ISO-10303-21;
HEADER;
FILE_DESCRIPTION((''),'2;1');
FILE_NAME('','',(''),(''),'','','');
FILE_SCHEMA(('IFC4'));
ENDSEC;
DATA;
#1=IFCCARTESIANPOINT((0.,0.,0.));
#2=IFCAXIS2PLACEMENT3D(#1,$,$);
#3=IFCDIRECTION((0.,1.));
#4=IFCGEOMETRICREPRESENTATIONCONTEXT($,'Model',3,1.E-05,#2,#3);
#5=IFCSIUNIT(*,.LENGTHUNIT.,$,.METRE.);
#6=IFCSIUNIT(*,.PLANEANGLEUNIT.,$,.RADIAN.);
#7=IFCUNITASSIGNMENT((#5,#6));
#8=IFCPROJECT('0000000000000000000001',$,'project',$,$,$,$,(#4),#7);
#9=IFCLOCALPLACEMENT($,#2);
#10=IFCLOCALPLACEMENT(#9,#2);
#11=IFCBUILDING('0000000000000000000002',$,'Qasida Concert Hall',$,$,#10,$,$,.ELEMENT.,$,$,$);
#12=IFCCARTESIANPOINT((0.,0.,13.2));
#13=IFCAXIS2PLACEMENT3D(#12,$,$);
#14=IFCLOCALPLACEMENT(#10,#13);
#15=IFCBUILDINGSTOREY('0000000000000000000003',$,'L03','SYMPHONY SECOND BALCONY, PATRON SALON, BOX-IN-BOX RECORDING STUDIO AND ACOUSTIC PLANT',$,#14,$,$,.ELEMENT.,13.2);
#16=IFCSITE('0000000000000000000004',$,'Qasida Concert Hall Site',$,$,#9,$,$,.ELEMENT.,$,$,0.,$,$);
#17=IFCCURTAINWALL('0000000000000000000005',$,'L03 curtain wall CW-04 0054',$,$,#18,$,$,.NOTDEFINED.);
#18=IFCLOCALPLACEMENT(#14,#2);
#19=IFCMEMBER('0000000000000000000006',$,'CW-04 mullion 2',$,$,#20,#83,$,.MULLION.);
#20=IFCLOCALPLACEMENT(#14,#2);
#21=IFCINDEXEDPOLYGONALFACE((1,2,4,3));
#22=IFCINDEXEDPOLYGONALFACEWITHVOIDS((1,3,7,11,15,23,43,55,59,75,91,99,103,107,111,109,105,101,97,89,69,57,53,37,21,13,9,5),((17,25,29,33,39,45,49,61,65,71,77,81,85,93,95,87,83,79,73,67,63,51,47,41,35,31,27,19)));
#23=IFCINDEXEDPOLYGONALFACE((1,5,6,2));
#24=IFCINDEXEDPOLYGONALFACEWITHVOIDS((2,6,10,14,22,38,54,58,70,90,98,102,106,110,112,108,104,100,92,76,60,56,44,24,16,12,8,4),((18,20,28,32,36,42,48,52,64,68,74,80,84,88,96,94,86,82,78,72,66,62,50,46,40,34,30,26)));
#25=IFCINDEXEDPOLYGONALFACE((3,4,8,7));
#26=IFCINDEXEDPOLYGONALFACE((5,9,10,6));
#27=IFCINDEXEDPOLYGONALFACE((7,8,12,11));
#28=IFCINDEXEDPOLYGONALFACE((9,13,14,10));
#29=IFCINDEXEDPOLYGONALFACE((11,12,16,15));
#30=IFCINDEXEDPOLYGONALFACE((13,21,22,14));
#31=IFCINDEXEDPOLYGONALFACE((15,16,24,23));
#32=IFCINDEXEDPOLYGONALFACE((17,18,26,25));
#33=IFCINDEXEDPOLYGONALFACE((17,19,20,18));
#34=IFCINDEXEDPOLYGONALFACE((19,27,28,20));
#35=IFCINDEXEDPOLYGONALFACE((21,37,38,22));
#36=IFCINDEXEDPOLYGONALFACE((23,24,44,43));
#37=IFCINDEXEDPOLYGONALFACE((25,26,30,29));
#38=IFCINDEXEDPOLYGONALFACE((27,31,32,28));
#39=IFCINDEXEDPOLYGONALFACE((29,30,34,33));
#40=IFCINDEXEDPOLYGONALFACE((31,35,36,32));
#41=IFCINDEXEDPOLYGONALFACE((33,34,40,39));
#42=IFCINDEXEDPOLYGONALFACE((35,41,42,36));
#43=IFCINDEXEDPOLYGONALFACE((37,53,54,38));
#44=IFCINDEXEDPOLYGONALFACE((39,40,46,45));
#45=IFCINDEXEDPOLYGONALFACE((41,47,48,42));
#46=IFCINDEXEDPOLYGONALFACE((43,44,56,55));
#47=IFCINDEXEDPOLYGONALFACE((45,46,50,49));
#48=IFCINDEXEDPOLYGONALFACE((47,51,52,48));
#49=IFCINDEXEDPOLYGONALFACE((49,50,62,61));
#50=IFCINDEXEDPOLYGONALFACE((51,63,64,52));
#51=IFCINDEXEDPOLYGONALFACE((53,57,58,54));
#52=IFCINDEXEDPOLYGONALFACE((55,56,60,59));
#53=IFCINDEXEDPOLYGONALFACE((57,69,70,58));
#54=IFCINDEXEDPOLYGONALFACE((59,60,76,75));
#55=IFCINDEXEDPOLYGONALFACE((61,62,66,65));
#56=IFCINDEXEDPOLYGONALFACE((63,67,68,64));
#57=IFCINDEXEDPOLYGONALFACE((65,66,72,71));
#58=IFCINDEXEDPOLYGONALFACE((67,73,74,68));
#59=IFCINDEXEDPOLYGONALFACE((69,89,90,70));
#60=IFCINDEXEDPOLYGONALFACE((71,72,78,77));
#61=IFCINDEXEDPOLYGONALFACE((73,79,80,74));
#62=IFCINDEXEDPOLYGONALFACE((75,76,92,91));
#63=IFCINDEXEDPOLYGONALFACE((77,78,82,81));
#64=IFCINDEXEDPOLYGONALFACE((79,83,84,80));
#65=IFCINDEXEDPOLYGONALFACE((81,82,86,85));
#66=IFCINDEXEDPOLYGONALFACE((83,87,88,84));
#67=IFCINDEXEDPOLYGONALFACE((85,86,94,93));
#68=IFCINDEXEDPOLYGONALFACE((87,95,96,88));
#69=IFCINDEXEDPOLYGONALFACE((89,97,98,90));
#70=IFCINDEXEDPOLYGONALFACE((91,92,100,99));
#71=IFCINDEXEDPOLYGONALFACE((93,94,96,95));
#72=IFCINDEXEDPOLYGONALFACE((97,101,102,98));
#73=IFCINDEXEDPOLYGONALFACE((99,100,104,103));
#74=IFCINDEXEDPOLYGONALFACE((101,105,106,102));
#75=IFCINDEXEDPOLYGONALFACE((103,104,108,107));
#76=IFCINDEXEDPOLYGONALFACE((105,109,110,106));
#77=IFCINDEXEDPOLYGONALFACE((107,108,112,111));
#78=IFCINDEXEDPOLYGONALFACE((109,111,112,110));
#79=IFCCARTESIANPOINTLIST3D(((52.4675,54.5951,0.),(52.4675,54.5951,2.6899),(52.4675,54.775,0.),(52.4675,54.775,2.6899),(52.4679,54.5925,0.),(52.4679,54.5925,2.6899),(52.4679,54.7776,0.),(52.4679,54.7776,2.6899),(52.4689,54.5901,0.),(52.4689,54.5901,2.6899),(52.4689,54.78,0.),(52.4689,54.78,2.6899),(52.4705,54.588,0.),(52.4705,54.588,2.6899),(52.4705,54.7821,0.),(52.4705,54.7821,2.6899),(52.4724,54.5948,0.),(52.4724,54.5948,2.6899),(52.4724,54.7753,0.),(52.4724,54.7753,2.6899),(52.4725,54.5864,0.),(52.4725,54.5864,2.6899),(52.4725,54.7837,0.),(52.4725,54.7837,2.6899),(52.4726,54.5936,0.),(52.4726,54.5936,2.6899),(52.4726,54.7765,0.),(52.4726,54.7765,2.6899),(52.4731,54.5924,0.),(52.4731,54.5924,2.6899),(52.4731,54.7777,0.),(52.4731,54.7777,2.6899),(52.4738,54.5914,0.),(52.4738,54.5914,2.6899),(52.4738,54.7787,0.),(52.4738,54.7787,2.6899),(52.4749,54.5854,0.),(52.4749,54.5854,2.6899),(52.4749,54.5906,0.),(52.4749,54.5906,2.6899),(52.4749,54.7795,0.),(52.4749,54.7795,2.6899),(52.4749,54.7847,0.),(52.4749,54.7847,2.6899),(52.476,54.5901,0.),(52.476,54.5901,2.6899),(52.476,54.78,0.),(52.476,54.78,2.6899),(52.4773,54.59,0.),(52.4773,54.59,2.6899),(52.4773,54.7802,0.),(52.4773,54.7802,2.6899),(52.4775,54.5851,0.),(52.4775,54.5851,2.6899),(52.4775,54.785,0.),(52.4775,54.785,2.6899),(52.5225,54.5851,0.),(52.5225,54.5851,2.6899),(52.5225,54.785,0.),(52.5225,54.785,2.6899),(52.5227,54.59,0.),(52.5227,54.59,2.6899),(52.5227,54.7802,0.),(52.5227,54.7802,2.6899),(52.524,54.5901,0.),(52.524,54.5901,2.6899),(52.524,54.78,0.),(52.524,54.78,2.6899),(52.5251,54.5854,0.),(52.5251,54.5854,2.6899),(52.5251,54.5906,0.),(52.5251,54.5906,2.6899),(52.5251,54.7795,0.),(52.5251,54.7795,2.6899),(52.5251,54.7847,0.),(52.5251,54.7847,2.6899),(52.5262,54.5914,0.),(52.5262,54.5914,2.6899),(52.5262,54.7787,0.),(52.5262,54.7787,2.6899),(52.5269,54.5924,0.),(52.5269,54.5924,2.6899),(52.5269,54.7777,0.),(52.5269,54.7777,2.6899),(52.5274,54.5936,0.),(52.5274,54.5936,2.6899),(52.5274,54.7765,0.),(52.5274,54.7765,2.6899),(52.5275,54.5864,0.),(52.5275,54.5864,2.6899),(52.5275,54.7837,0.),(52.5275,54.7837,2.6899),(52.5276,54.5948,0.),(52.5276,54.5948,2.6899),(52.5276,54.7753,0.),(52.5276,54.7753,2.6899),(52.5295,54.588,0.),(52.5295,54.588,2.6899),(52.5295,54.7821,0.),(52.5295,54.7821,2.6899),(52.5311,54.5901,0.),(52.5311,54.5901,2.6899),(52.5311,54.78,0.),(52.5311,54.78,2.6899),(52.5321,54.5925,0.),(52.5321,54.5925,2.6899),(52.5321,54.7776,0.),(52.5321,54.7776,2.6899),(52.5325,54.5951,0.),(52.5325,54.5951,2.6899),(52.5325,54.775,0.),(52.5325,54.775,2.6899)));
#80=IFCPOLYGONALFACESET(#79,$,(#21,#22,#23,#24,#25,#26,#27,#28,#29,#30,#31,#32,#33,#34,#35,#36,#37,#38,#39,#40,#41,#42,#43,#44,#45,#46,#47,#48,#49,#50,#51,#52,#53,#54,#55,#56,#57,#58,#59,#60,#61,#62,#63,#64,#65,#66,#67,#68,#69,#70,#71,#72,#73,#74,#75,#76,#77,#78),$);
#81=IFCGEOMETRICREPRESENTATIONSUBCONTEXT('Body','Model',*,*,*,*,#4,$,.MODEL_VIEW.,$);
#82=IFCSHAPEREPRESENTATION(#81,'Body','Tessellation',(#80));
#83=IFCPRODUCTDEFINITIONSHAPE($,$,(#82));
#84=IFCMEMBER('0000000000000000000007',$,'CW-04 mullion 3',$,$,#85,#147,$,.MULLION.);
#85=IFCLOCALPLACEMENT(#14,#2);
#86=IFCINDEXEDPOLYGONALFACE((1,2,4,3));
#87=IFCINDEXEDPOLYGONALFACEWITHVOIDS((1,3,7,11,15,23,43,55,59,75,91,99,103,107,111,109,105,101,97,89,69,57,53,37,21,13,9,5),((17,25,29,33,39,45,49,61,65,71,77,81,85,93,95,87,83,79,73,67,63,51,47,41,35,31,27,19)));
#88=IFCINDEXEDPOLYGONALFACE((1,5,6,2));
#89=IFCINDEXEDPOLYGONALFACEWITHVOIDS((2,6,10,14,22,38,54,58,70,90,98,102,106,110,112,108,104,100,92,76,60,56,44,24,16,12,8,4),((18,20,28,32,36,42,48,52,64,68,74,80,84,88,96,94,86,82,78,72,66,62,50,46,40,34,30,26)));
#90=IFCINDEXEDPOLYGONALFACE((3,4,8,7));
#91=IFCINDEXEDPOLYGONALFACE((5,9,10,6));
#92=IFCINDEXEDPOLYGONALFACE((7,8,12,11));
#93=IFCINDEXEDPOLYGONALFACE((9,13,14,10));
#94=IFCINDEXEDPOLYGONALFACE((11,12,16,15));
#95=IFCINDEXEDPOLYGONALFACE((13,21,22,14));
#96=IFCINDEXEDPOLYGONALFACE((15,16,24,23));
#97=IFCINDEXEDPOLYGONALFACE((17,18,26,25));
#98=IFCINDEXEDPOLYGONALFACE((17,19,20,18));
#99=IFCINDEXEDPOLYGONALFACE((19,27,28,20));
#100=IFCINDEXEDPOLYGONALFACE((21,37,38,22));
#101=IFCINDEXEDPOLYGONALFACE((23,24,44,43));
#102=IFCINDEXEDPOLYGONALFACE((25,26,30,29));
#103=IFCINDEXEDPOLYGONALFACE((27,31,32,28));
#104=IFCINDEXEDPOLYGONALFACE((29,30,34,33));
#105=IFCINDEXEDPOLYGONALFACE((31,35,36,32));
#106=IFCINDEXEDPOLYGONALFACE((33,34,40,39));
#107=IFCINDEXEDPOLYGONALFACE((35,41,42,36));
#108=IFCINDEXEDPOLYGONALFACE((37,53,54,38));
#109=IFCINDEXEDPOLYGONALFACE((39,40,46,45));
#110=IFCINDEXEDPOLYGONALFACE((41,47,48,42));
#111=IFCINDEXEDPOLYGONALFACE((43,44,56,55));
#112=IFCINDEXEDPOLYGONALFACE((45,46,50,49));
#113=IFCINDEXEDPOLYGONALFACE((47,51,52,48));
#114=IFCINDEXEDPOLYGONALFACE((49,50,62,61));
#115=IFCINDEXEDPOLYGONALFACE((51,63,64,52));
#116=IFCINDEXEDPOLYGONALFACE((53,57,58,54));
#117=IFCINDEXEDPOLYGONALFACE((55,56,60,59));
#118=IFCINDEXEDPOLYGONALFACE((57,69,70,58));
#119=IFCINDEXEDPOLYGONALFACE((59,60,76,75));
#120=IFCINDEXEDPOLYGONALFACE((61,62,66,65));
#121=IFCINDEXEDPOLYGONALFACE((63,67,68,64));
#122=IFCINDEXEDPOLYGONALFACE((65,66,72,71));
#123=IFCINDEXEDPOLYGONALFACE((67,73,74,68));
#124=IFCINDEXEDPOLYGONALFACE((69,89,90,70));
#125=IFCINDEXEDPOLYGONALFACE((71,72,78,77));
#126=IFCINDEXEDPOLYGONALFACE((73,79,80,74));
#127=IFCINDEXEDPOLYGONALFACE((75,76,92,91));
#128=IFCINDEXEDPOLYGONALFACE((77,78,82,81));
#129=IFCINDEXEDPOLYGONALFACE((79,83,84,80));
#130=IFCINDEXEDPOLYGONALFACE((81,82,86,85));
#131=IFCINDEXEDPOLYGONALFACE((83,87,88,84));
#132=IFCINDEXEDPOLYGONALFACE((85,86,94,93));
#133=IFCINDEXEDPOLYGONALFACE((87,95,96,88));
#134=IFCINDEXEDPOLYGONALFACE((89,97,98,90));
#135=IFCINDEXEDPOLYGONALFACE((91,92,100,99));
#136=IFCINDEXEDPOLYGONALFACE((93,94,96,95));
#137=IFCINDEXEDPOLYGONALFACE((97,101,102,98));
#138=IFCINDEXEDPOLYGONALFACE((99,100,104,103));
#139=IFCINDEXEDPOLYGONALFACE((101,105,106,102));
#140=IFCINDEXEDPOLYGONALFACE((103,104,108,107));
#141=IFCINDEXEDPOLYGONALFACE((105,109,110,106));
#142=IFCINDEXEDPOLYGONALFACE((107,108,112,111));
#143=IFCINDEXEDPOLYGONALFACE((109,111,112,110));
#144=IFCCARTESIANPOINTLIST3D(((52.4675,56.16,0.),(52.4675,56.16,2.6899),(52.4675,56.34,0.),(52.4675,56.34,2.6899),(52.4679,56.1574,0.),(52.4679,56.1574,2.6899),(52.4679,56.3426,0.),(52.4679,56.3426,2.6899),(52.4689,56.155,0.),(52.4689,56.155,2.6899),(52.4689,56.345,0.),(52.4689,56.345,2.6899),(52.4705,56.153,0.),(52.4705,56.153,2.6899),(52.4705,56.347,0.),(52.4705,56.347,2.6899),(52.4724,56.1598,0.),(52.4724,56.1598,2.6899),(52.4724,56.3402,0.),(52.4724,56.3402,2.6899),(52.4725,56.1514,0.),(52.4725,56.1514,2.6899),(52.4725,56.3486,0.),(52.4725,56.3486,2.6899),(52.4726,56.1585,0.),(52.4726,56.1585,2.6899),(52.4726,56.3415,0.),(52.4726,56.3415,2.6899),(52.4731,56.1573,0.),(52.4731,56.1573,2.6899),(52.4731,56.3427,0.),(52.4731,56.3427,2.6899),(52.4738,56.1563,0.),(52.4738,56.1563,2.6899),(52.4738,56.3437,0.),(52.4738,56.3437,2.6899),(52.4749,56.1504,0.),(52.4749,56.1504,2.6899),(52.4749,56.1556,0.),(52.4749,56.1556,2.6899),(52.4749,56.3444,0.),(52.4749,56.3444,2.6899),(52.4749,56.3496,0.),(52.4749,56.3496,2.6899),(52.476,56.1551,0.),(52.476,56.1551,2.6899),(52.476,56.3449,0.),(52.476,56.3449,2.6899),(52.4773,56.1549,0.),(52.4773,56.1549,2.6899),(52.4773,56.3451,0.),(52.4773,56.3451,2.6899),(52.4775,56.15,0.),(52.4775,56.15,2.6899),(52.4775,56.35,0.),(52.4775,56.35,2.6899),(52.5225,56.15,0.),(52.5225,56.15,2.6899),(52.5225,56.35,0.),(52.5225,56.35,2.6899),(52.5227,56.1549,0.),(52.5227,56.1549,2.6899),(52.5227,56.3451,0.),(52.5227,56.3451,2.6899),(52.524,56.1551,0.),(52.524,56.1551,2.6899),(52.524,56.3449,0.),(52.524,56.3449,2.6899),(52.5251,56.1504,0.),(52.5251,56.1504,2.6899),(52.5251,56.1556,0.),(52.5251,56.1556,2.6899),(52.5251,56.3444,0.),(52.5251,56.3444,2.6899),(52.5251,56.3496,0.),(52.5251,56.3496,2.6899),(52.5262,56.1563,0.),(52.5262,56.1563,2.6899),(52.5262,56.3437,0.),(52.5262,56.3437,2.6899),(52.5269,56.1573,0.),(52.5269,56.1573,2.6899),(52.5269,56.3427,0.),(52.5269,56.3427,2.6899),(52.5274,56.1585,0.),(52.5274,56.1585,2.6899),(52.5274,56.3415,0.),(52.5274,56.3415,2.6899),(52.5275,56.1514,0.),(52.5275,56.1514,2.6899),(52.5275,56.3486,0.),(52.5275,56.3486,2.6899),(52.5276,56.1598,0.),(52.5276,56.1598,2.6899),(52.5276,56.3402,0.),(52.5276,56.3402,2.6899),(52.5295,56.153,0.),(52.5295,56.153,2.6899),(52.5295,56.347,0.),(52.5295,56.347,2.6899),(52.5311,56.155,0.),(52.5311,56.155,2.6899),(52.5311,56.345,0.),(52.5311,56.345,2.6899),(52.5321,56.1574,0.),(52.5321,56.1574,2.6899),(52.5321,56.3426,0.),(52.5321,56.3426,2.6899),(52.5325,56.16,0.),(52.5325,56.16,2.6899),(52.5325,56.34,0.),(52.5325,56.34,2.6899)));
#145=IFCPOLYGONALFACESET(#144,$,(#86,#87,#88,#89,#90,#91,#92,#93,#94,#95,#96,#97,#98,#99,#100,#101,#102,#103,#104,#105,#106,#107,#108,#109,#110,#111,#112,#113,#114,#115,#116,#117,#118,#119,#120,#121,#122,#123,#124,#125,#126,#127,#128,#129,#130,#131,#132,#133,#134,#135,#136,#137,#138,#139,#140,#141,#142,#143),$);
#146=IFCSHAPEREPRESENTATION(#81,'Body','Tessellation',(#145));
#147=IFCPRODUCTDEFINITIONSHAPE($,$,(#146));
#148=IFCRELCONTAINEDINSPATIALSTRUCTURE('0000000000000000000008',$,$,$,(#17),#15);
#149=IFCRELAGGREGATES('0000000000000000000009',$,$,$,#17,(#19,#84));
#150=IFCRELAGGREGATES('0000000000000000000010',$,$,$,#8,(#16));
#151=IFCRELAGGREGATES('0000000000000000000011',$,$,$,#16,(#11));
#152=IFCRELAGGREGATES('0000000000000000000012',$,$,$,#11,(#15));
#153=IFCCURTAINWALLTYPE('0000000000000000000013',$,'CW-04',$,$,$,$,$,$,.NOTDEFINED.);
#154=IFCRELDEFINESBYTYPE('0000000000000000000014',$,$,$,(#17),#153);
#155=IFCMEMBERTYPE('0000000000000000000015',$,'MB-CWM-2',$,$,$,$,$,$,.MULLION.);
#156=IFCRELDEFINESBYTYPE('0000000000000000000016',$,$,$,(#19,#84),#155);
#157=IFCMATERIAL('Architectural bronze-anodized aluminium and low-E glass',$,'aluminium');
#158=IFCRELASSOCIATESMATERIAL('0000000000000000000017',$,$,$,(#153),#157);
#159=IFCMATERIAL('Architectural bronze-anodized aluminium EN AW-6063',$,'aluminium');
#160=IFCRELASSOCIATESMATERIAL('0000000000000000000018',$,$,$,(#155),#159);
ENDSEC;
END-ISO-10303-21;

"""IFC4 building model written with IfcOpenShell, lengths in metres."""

from ifc_helpers import new_model, si_unit, direction, frame, origin, origin_2d, place, context, subcontext, project, spatial, hollow_rectangle, extrude, material, material_profile, profile_set, type_object, element, aggregate, save


model = new_model("IFC4")

# Units and contexts
model_context = context("Model", 3, precision=1e-05, world=origin(), true_north=direction((0.0, 1.0)))
body_context = subcontext(model_context, "Body", "Model", "MODEL_VIEW")
ifc_project = project(units=[si_unit("LENGTHUNIT", "METRE"), si_unit("PLANEANGLEUNIT", "RADIAN")], contexts=[model_context])

# Site, building, storey
site_placement = place(None, origin())
site = spatial("IfcSite", under=ifc_project, at=site_placement, Name="Qasida Concert Hall Site", CompositionType="ELEMENT", RefElevation=0.0)
building_placement = place(site_placement, origin())
building = spatial("IfcBuilding", under=site, at=building_placement, Name="Qasida Concert Hall", CompositionType="ELEMENT")
storey_placement = place(building_placement, frame((0.0, 0.0, 13.2)))
storey = spatial("IfcBuildingStorey", under=building, at=storey_placement, Name="L03", Description="SYMPHONY SECOND BALCONY, PATRON SALON, BOX-IN-BOX RECORDING STUDIO AND ACOUSTIC PLANT", CompositionType="ELEMENT", Elevation=13.2)

# Curtain wall, members
ifc_material_1 = material(Name="Architectural bronze-anodized aluminium and low-E glass", Category="aluminium")
curtain_wall_type = type_object("IfcCurtainWallType", Name="CW-04", PredefinedType="NOTDEFINED", material=ifc_material_1)
curtain_wall_placement = place(storey_placement, origin())
curtain_wall = element("IfcCurtainWall", 1, at=curtain_wall_placement, inside=storey, type_object=curtain_wall_type, Name="L03 curtain wall CW-04 0054", PredefinedType="NOTDEFINED")
ifc_material_2 = material(Name="Architectural bronze-anodized aluminium EN AW-6063", Category="aluminium")
ifc_material_profile_1 = material_profile(ifc_material_2, hollow_rectangle(XDim=0.0649, YDim=0.2, WallThickness=0.0049, InnerFilletRadius=0.0049, OuterFilletRadius=0.01, at=origin_2d()), Name="CWM 200x65x5")
ifc_profile_set_1 = profile_set([ifc_material_profile_1], Name="Architectural bronze-anodized aluminium EN AW-6063")
member_type_1 = type_object("IfcMemberType", Name="MB-CWM-2", PredefinedType="MULLION", material=ifc_profile_set_1)
member_1_placement = place(storey_placement, frame((52.5, 54.6851, 0.0), z_axis=(0.0, 0.0, 1.0), x_axis=(-1.0, 0.0, 0.0)))
member_1 = element("IfcMember", 2, at=member_1_placement, type_object=member_type_1, Name="CW-04 mullion 2", PredefinedType="MULLION", context=body_context, shape_type="SweptSolid", body=[
    extrude(hollow_rectangle(XDim=0.0649, YDim=0.2, WallThickness=0.0049, InnerFilletRadius=0.0049, OuterFilletRadius=0.01, at=origin_2d()), origin(), (0.0, 0.0, 1.0), 2.6899),
])
member_2_placement = place(storey_placement, frame((52.5, 56.25, 0.0), z_axis=(0.0, 0.0, 1.0), x_axis=(-1.0, 0.0, 0.0)))
member_2 = element("IfcMember", 3, at=member_2_placement, type_object=member_type_1, Name="CW-04 mullion 3", PredefinedType="MULLION", context=body_context, shape_type="SweptSolid", body=[
    extrude(hollow_rectangle(XDim=0.0649, YDim=0.2, WallThickness=0.0049, InnerFilletRadius=0.0049, OuterFilletRadius=0.01, at=origin_2d()), origin(), (0.0, 0.0, 1.0), 2.6899),
])
aggregate(curtain_wall, [member_1, member_2])

save(model, "model.ifc")
